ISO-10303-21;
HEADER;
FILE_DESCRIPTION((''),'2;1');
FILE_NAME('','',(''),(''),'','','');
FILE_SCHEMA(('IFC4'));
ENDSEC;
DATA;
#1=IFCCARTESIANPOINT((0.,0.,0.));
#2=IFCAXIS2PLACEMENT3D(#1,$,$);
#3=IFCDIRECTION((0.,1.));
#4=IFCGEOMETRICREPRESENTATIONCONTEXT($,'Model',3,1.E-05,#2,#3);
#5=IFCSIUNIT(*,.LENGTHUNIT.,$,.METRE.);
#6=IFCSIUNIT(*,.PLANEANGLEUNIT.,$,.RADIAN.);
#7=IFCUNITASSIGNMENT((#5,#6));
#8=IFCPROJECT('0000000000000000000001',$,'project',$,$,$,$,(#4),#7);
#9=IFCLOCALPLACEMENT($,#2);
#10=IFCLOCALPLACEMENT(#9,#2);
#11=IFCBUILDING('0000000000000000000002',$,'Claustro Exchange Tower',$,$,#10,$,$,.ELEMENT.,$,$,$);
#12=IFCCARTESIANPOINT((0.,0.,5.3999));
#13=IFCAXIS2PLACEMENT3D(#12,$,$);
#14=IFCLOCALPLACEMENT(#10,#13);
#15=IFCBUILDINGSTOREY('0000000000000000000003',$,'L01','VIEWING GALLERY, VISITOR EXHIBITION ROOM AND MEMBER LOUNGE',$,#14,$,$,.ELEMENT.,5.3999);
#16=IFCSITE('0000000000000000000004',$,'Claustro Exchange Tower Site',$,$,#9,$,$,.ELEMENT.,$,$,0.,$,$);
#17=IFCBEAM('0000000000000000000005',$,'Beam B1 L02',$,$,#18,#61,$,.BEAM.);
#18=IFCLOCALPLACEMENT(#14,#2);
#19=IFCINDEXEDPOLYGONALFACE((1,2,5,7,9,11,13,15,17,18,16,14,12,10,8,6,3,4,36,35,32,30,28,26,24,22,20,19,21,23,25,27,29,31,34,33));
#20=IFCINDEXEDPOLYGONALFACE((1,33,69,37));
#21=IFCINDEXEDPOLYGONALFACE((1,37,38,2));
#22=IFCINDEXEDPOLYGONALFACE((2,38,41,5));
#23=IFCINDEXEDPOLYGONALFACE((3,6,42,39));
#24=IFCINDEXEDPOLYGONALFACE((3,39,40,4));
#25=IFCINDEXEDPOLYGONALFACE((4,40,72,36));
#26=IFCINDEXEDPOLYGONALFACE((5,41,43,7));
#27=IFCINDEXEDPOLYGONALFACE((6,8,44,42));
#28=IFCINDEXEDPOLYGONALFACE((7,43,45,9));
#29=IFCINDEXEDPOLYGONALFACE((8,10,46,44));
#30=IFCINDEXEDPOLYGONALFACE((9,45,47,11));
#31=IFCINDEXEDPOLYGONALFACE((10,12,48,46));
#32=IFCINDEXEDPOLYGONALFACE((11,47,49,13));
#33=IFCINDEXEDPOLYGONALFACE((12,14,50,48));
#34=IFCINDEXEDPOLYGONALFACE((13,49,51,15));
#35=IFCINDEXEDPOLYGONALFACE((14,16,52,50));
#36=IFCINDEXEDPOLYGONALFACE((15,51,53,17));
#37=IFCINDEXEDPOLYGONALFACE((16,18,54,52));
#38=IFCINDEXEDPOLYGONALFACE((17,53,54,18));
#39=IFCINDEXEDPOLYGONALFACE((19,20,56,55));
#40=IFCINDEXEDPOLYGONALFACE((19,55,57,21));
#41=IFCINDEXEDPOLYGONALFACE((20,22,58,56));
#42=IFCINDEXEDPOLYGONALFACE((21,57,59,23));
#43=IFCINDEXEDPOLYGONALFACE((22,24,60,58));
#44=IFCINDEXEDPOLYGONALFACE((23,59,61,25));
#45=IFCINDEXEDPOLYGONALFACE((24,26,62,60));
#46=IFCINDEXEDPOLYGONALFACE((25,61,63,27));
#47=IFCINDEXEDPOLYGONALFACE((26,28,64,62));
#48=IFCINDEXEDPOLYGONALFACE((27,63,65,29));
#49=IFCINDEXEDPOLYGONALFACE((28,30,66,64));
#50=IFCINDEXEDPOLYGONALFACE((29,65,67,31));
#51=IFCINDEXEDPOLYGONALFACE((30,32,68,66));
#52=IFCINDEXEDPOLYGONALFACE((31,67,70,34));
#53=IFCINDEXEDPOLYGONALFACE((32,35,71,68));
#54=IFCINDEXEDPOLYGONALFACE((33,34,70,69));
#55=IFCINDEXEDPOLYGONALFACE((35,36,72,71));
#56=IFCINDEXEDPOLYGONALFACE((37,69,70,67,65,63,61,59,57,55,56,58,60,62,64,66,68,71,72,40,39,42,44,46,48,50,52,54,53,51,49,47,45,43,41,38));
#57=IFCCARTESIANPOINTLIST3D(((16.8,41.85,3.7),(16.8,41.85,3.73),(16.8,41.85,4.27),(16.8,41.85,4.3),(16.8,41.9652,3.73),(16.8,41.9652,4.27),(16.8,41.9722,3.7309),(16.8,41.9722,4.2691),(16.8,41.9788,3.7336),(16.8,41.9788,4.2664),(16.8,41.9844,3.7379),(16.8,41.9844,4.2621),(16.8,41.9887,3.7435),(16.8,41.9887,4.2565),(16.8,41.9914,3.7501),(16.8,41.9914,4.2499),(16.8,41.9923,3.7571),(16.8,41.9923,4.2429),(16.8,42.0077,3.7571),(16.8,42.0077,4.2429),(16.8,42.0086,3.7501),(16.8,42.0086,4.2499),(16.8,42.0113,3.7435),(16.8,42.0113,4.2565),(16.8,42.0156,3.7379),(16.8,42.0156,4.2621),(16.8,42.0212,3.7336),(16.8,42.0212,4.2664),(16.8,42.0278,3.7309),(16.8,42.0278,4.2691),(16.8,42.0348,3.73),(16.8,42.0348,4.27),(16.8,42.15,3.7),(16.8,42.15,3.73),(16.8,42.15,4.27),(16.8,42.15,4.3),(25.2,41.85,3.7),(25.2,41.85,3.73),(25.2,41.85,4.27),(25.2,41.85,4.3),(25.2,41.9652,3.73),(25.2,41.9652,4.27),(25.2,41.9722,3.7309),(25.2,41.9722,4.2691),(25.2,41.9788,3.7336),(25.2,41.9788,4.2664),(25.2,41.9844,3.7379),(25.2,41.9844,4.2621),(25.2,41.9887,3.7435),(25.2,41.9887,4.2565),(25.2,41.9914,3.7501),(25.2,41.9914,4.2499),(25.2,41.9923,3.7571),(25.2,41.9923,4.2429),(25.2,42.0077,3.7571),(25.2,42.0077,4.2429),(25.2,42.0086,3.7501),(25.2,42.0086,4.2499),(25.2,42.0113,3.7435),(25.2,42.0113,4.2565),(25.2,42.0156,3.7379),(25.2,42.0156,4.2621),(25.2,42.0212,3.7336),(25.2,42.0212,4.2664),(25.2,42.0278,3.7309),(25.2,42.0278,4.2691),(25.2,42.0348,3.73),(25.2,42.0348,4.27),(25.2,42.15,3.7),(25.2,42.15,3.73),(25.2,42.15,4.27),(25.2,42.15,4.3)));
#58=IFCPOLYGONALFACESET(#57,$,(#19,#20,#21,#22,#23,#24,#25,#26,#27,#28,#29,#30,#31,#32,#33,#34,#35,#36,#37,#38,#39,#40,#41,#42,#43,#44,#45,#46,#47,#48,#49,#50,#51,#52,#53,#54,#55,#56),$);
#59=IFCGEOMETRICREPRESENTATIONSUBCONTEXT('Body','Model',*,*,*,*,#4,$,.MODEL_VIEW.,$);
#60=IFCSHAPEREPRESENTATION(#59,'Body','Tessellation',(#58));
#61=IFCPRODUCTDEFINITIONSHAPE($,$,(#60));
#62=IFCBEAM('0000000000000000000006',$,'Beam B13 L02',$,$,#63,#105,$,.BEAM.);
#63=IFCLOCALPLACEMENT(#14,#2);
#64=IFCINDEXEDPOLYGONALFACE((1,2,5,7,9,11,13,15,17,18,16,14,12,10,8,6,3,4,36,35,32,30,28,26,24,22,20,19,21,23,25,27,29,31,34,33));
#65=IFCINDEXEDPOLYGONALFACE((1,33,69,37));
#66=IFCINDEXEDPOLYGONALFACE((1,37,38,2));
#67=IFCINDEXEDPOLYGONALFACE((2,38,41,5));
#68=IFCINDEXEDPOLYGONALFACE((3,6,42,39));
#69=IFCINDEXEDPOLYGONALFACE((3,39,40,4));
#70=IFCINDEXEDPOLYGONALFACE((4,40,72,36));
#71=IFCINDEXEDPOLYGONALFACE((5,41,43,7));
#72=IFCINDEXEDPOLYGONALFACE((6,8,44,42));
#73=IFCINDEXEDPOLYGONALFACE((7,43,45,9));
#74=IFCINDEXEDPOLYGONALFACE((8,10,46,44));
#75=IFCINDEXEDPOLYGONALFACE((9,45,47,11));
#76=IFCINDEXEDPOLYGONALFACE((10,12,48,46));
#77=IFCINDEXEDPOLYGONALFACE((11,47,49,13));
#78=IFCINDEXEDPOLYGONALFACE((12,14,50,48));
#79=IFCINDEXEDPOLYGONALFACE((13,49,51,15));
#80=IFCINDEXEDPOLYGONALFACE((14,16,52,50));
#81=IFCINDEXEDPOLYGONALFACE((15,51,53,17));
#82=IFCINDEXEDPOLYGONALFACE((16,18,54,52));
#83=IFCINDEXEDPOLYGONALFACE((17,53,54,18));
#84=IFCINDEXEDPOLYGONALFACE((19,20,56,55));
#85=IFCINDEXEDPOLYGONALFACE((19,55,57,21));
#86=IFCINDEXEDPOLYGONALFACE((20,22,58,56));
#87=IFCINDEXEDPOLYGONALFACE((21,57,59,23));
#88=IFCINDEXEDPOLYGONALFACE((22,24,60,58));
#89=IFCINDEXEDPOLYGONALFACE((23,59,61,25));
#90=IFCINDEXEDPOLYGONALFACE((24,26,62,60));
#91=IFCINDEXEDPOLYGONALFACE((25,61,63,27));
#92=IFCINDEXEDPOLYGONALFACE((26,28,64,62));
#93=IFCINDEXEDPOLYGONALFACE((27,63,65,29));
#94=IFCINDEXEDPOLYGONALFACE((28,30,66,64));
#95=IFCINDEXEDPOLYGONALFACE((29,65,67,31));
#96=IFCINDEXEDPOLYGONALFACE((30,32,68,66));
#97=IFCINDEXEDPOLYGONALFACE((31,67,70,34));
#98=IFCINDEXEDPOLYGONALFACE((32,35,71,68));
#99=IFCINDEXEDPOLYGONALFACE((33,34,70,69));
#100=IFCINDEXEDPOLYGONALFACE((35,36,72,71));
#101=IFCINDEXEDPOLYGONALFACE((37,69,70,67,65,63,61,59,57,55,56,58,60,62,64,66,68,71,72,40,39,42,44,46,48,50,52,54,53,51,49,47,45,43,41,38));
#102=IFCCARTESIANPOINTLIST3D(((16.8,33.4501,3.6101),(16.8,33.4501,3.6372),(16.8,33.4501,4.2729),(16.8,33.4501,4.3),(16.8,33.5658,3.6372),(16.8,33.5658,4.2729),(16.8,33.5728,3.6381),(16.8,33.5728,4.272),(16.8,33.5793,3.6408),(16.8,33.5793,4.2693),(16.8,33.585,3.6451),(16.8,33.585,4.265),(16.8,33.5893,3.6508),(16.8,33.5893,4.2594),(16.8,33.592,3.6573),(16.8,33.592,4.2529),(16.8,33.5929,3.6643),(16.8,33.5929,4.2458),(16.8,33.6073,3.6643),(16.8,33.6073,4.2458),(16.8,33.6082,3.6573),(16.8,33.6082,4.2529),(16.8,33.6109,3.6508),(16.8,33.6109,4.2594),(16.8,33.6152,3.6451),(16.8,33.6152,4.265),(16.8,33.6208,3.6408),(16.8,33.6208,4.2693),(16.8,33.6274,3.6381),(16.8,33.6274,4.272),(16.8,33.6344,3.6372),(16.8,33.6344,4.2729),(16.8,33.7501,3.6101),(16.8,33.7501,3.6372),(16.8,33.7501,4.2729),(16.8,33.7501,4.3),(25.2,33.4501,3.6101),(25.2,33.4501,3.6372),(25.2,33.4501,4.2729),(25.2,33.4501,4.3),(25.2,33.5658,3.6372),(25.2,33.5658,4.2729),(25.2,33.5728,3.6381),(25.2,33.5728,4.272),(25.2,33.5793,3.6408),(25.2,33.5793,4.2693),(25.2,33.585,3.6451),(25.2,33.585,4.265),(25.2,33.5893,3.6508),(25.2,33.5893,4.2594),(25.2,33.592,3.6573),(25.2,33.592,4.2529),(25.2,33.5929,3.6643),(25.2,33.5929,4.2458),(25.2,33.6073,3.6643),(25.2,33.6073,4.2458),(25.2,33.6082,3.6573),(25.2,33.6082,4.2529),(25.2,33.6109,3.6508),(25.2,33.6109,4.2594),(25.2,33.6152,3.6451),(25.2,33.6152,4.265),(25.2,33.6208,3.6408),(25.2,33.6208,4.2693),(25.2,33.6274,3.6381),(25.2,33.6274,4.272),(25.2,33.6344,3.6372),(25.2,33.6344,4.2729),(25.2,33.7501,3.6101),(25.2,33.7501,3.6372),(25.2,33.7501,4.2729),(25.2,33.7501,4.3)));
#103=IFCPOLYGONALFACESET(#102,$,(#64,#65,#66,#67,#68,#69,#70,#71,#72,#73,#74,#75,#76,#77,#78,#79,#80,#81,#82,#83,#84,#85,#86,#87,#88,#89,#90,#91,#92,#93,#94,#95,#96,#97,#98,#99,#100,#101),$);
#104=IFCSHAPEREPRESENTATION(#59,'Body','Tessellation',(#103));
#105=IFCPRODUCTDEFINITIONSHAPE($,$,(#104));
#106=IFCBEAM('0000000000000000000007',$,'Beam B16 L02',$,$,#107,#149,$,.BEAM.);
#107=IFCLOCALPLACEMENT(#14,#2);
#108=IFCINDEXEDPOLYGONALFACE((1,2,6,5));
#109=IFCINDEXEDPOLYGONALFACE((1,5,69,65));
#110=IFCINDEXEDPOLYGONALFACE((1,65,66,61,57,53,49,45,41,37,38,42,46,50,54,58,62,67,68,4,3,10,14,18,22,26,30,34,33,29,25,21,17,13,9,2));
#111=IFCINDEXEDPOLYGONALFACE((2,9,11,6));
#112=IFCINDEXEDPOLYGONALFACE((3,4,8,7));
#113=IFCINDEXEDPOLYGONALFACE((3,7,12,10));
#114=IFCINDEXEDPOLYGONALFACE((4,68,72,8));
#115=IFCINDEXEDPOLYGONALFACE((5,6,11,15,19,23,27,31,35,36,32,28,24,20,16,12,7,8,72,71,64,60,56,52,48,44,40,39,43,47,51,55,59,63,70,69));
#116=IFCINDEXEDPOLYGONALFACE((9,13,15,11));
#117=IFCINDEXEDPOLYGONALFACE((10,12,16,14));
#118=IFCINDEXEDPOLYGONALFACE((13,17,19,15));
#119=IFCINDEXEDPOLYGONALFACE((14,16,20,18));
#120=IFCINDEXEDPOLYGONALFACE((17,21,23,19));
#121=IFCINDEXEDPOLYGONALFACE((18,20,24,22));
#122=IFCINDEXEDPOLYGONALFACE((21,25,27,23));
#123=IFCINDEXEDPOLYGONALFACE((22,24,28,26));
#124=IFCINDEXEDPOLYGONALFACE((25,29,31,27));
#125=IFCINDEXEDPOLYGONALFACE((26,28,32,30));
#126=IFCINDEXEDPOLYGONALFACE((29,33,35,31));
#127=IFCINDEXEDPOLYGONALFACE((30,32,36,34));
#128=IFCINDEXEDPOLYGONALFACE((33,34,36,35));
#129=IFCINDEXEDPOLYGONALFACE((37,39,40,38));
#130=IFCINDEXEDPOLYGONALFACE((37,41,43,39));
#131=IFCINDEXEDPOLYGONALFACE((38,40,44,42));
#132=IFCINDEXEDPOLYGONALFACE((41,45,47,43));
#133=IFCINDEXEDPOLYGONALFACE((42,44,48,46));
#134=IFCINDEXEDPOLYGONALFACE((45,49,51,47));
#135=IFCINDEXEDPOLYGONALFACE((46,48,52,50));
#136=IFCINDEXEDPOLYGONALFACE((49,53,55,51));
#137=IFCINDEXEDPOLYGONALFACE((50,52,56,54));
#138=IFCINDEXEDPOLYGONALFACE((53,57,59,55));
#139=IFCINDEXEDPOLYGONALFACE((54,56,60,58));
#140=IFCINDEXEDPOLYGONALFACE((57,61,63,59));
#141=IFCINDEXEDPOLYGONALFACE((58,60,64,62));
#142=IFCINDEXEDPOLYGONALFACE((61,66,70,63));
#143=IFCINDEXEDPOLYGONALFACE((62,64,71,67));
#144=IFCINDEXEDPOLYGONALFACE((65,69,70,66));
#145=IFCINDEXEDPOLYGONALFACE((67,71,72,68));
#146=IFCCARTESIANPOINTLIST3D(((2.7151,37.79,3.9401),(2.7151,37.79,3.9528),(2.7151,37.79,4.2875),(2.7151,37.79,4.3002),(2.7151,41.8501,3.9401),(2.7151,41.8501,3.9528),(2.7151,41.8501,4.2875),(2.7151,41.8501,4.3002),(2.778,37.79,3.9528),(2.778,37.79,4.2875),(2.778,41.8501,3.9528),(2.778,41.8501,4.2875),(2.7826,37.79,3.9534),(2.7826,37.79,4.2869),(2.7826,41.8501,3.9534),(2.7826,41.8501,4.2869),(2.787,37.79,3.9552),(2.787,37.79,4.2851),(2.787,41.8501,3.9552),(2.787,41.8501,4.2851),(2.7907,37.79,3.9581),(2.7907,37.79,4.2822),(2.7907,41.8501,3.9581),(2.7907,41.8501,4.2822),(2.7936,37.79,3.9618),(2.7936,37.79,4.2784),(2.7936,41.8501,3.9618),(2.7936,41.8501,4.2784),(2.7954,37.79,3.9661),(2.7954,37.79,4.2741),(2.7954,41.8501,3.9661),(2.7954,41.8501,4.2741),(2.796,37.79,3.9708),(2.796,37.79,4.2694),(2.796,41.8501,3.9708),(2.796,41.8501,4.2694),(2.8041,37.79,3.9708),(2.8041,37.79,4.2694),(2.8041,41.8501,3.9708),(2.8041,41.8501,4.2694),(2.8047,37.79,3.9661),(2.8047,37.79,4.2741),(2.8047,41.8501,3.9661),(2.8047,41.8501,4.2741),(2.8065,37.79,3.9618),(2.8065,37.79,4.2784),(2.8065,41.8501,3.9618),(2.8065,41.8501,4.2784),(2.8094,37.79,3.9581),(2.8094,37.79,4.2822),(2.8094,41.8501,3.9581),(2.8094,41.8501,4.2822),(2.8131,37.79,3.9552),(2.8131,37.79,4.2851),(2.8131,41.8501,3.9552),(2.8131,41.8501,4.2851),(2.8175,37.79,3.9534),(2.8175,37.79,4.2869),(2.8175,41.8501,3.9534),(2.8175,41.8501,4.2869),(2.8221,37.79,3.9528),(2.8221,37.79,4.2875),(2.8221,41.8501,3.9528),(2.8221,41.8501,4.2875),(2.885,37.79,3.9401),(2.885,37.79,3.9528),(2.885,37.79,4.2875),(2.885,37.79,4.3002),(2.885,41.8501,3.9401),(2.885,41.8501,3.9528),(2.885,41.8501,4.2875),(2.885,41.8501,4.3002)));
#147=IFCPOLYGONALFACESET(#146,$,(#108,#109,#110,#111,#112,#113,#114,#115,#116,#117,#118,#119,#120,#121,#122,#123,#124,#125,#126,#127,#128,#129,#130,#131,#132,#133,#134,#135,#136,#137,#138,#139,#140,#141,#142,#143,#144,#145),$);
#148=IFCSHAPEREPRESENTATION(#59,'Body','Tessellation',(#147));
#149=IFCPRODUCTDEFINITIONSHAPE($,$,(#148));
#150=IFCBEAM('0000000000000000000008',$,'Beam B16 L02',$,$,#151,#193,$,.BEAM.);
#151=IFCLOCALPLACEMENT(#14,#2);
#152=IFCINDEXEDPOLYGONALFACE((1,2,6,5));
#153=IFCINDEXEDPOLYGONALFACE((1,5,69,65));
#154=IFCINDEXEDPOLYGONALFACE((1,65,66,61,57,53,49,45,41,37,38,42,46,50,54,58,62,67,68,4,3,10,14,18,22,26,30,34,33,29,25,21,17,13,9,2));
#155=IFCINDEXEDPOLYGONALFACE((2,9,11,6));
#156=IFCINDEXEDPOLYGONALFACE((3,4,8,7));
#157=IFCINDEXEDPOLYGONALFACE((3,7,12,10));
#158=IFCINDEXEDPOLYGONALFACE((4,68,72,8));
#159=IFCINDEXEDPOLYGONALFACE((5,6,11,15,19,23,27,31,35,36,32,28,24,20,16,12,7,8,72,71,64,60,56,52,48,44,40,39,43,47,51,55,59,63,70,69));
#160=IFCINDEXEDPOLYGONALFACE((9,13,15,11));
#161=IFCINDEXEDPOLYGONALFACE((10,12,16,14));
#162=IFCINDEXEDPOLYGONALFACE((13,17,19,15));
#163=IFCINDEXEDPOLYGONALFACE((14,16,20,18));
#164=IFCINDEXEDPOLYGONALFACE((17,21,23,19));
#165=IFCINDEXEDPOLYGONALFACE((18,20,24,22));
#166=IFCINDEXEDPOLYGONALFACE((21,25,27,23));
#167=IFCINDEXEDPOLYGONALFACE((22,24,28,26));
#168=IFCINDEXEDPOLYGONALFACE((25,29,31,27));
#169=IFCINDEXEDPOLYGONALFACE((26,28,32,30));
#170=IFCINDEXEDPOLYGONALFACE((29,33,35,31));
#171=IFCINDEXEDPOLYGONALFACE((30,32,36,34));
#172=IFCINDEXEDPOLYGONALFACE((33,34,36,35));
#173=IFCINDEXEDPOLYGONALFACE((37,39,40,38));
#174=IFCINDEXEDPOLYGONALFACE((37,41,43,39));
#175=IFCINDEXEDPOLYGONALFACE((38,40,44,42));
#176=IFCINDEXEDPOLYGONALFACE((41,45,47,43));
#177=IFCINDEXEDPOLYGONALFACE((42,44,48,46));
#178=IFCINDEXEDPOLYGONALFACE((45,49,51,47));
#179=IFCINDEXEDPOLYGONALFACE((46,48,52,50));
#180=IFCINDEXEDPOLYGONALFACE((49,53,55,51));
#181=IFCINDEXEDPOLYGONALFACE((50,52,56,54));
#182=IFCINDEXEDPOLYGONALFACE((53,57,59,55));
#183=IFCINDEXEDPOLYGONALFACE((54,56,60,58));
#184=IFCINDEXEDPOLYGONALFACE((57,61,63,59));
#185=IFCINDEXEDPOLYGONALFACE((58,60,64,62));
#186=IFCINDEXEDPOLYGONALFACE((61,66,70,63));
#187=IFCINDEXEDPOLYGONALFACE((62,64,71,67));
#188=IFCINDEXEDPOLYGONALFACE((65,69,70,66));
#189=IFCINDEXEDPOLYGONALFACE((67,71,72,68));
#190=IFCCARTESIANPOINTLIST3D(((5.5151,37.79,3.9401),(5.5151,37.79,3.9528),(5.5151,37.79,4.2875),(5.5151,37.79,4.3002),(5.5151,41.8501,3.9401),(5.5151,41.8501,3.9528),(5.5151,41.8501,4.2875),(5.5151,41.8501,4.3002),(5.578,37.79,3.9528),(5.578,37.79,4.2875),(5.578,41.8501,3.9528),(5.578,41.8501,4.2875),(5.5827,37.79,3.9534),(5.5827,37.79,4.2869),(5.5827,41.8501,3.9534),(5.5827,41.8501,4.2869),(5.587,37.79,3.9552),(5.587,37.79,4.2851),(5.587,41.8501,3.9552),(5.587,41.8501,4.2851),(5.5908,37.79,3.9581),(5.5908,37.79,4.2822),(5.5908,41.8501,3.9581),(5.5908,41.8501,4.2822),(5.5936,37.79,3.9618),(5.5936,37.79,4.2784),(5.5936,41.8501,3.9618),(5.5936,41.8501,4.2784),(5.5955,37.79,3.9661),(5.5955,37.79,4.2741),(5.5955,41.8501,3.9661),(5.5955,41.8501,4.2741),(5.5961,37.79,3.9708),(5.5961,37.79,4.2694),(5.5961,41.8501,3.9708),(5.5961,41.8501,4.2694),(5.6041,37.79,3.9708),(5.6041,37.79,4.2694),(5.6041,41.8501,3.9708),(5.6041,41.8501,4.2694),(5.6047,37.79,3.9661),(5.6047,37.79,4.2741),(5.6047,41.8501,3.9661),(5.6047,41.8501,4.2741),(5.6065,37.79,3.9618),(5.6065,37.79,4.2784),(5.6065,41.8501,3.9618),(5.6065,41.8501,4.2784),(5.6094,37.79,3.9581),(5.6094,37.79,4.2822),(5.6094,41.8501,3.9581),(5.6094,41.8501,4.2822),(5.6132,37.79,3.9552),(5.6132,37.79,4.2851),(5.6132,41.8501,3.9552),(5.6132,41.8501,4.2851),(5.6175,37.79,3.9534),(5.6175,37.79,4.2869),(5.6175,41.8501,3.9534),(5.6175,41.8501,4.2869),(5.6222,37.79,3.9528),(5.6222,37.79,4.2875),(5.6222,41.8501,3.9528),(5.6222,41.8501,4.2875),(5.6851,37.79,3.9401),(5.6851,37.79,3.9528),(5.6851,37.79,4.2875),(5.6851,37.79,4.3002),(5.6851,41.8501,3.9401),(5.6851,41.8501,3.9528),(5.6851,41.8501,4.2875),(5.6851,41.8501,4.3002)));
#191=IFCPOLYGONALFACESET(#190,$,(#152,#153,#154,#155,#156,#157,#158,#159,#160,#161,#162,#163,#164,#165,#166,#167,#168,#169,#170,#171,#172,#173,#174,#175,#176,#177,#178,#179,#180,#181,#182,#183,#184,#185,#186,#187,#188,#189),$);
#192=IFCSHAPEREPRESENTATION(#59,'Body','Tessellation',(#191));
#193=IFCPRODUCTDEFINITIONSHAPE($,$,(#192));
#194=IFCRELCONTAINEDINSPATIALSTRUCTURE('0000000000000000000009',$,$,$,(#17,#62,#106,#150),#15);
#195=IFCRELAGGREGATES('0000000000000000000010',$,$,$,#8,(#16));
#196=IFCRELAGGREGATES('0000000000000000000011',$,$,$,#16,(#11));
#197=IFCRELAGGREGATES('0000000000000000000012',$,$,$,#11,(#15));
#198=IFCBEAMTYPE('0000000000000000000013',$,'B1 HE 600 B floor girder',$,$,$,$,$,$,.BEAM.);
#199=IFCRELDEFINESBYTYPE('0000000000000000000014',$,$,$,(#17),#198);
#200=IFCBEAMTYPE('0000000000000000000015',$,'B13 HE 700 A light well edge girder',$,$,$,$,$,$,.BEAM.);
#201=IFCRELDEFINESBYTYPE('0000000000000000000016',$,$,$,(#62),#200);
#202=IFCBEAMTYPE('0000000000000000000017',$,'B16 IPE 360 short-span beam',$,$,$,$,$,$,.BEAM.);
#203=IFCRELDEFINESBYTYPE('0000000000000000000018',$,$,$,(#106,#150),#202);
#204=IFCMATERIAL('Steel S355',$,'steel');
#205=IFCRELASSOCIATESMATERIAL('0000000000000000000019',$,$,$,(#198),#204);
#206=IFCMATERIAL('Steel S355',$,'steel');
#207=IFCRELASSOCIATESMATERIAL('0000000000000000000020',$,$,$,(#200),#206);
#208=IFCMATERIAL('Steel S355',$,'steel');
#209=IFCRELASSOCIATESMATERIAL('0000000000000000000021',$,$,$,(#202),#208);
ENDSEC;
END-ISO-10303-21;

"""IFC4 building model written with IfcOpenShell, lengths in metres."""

from ifc_helpers import new_model, si_unit, direction, frame, origin, origin_2d, place, context, subcontext, project, spatial, i_section, extrude, material, material_profile, profile_set, type_object, element, save


model = new_model("IFC4")

# Units and contexts
model_context = context("Model", 3, precision=1e-05, world=origin(), true_north=direction((0.0, 1.0)))
body_context = subcontext(model_context, "Body", "Model", "MODEL_VIEW")
ifc_project = project(units=[si_unit("LENGTHUNIT", "METRE"), si_unit("PLANEANGLEUNIT", "RADIAN")], contexts=[model_context])

# Site, building, storey
site_placement = place(None, origin())
site = spatial("IfcSite", under=ifc_project, at=site_placement, Name="Claustro Exchange Tower Site", CompositionType="ELEMENT", RefElevation=0.0)
building_placement = place(site_placement, origin())
building = spatial("IfcBuilding", under=site, at=building_placement, Name="Claustro Exchange Tower", CompositionType="ELEMENT")
storey_placement = place(building_placement, frame((0.0, 0.0, 5.3999)))
storey = spatial("IfcBuildingStorey", under=building, at=storey_placement, Name="L01", Description="VIEWING GALLERY, VISITOR EXHIBITION ROOM AND MEMBER LOUNGE", CompositionType="ELEMENT", Elevation=5.3999)

# Beams
ifc_material_1 = material(Name="Steel S355", Category="steel")
ifc_material_profile_1 = material_profile(ifc_material_1, i_section(OverallWidth=0.3, OverallDepth=0.6001, WebThickness=0.0154, FlangeThickness=0.03, FilletRadius=0.0271, at=origin_2d()), Name="HE 600 B")
ifc_profile_set_1 = profile_set([ifc_material_profile_1], Name="Steel S355")
beam_type_1 = type_object("IfcBeamType", Name="B1 HE 600 B floor girder", PredefinedType="BEAM", material=ifc_profile_set_1)
beam_1_placement = place(storey_placement, frame((16.8, 42.0, 4.0), z_axis=(1.0, 0.0, 0.0), x_axis=(0.0, 1.0, 0.0)))
element("IfcBeam", 1, at=beam_1_placement, inside=storey, type_object=beam_type_1, Name="Beam B1 L02", PredefinedType="BEAM", context=body_context, shape_type="SweptSolid", body=[
    extrude(i_section(OverallWidth=0.3, OverallDepth=0.6001, WebThickness=0.0154, FlangeThickness=0.03, FilletRadius=0.0271, at=origin_2d()), origin(), (0.0, 0.0, 1.0), 8.3999),
])
ifc_material_2 = material(Name="Steel S355", Category="steel")
ifc_material_profile_2 = material_profile(ifc_material_2, i_section(OverallWidth=0.3, OverallDepth=0.6899, WebThickness=0.0144, FlangeThickness=0.0271, FilletRadius=0.0271, at=origin_2d()), Name="HE 700 A")
ifc_profile_set_2 = profile_set([ifc_material_profile_2], Name="Steel S355")
beam_type_2 = type_object("IfcBeamType", Name="B13 HE 700 A light well edge girder", PredefinedType="BEAM", material=ifc_profile_set_2)
beam_2_placement = place(storey_placement, frame((16.8, 33.6001, 3.9551), z_axis=(1.0, 0.0, 0.0), x_axis=(0.0, 1.0, 0.0)))
element("IfcBeam", 2, at=beam_2_placement, inside=storey, type_object=beam_type_2, Name="Beam B13 L02", PredefinedType="BEAM", context=body_context, shape_type="SweptSolid", body=[
    extrude(i_section(OverallWidth=0.3, OverallDepth=0.6899, WebThickness=0.0144, FlangeThickness=0.0271, FilletRadius=0.0271, at=origin_2d()), origin(), (0.0, 0.0, 1.0), 8.3999),
])
ifc_material_3 = material(Name="Steel S355", Category="steel")
ifc_material_profile_3 = material_profile(ifc_material_3, i_section(OverallWidth=0.1699, OverallDepth=0.3601, WebThickness=0.0081, FlangeThickness=0.0127, FilletRadius=0.0181, at=origin_2d()), Name="IPE 360")
ifc_profile_set_3 = profile_set([ifc_material_profile_3], Name="Steel S355")
beam_type_3 = type_object("IfcBeamType", Name="B16 IPE 360 short-span beam", PredefinedType="BEAM", material=ifc_profile_set_3)
for number, where, z_axis, x_axis, name in (
    (3, (2.8, 37.79, 4.1201), (0.0, 1.0, 0.0), (-1.0, 0.0, 0.0), "Beam B16 L02"),
    (4, (5.6001, 37.79, 4.1201), (0.0, 1.0, 0.0), (-1.0, 0.0, 0.0), "Beam B16 L02"),
):
    element("IfcBeam", number, at=place(storey_placement, frame(where, z_axis=z_axis, x_axis=x_axis)), inside=storey, type_object=beam_type_3, Name=name, PredefinedType="BEAM", context=body_context, shape_type="SweptSolid", body=[
        extrude(i_section(OverallWidth=0.1699, OverallDepth=0.3601, WebThickness=0.0081, FlangeThickness=0.0127, FilletRadius=0.0181, at=origin_2d()), origin(), (0.0, 0.0, 1.0), 4.0601),
    ])

save(model, "model.ifc")
